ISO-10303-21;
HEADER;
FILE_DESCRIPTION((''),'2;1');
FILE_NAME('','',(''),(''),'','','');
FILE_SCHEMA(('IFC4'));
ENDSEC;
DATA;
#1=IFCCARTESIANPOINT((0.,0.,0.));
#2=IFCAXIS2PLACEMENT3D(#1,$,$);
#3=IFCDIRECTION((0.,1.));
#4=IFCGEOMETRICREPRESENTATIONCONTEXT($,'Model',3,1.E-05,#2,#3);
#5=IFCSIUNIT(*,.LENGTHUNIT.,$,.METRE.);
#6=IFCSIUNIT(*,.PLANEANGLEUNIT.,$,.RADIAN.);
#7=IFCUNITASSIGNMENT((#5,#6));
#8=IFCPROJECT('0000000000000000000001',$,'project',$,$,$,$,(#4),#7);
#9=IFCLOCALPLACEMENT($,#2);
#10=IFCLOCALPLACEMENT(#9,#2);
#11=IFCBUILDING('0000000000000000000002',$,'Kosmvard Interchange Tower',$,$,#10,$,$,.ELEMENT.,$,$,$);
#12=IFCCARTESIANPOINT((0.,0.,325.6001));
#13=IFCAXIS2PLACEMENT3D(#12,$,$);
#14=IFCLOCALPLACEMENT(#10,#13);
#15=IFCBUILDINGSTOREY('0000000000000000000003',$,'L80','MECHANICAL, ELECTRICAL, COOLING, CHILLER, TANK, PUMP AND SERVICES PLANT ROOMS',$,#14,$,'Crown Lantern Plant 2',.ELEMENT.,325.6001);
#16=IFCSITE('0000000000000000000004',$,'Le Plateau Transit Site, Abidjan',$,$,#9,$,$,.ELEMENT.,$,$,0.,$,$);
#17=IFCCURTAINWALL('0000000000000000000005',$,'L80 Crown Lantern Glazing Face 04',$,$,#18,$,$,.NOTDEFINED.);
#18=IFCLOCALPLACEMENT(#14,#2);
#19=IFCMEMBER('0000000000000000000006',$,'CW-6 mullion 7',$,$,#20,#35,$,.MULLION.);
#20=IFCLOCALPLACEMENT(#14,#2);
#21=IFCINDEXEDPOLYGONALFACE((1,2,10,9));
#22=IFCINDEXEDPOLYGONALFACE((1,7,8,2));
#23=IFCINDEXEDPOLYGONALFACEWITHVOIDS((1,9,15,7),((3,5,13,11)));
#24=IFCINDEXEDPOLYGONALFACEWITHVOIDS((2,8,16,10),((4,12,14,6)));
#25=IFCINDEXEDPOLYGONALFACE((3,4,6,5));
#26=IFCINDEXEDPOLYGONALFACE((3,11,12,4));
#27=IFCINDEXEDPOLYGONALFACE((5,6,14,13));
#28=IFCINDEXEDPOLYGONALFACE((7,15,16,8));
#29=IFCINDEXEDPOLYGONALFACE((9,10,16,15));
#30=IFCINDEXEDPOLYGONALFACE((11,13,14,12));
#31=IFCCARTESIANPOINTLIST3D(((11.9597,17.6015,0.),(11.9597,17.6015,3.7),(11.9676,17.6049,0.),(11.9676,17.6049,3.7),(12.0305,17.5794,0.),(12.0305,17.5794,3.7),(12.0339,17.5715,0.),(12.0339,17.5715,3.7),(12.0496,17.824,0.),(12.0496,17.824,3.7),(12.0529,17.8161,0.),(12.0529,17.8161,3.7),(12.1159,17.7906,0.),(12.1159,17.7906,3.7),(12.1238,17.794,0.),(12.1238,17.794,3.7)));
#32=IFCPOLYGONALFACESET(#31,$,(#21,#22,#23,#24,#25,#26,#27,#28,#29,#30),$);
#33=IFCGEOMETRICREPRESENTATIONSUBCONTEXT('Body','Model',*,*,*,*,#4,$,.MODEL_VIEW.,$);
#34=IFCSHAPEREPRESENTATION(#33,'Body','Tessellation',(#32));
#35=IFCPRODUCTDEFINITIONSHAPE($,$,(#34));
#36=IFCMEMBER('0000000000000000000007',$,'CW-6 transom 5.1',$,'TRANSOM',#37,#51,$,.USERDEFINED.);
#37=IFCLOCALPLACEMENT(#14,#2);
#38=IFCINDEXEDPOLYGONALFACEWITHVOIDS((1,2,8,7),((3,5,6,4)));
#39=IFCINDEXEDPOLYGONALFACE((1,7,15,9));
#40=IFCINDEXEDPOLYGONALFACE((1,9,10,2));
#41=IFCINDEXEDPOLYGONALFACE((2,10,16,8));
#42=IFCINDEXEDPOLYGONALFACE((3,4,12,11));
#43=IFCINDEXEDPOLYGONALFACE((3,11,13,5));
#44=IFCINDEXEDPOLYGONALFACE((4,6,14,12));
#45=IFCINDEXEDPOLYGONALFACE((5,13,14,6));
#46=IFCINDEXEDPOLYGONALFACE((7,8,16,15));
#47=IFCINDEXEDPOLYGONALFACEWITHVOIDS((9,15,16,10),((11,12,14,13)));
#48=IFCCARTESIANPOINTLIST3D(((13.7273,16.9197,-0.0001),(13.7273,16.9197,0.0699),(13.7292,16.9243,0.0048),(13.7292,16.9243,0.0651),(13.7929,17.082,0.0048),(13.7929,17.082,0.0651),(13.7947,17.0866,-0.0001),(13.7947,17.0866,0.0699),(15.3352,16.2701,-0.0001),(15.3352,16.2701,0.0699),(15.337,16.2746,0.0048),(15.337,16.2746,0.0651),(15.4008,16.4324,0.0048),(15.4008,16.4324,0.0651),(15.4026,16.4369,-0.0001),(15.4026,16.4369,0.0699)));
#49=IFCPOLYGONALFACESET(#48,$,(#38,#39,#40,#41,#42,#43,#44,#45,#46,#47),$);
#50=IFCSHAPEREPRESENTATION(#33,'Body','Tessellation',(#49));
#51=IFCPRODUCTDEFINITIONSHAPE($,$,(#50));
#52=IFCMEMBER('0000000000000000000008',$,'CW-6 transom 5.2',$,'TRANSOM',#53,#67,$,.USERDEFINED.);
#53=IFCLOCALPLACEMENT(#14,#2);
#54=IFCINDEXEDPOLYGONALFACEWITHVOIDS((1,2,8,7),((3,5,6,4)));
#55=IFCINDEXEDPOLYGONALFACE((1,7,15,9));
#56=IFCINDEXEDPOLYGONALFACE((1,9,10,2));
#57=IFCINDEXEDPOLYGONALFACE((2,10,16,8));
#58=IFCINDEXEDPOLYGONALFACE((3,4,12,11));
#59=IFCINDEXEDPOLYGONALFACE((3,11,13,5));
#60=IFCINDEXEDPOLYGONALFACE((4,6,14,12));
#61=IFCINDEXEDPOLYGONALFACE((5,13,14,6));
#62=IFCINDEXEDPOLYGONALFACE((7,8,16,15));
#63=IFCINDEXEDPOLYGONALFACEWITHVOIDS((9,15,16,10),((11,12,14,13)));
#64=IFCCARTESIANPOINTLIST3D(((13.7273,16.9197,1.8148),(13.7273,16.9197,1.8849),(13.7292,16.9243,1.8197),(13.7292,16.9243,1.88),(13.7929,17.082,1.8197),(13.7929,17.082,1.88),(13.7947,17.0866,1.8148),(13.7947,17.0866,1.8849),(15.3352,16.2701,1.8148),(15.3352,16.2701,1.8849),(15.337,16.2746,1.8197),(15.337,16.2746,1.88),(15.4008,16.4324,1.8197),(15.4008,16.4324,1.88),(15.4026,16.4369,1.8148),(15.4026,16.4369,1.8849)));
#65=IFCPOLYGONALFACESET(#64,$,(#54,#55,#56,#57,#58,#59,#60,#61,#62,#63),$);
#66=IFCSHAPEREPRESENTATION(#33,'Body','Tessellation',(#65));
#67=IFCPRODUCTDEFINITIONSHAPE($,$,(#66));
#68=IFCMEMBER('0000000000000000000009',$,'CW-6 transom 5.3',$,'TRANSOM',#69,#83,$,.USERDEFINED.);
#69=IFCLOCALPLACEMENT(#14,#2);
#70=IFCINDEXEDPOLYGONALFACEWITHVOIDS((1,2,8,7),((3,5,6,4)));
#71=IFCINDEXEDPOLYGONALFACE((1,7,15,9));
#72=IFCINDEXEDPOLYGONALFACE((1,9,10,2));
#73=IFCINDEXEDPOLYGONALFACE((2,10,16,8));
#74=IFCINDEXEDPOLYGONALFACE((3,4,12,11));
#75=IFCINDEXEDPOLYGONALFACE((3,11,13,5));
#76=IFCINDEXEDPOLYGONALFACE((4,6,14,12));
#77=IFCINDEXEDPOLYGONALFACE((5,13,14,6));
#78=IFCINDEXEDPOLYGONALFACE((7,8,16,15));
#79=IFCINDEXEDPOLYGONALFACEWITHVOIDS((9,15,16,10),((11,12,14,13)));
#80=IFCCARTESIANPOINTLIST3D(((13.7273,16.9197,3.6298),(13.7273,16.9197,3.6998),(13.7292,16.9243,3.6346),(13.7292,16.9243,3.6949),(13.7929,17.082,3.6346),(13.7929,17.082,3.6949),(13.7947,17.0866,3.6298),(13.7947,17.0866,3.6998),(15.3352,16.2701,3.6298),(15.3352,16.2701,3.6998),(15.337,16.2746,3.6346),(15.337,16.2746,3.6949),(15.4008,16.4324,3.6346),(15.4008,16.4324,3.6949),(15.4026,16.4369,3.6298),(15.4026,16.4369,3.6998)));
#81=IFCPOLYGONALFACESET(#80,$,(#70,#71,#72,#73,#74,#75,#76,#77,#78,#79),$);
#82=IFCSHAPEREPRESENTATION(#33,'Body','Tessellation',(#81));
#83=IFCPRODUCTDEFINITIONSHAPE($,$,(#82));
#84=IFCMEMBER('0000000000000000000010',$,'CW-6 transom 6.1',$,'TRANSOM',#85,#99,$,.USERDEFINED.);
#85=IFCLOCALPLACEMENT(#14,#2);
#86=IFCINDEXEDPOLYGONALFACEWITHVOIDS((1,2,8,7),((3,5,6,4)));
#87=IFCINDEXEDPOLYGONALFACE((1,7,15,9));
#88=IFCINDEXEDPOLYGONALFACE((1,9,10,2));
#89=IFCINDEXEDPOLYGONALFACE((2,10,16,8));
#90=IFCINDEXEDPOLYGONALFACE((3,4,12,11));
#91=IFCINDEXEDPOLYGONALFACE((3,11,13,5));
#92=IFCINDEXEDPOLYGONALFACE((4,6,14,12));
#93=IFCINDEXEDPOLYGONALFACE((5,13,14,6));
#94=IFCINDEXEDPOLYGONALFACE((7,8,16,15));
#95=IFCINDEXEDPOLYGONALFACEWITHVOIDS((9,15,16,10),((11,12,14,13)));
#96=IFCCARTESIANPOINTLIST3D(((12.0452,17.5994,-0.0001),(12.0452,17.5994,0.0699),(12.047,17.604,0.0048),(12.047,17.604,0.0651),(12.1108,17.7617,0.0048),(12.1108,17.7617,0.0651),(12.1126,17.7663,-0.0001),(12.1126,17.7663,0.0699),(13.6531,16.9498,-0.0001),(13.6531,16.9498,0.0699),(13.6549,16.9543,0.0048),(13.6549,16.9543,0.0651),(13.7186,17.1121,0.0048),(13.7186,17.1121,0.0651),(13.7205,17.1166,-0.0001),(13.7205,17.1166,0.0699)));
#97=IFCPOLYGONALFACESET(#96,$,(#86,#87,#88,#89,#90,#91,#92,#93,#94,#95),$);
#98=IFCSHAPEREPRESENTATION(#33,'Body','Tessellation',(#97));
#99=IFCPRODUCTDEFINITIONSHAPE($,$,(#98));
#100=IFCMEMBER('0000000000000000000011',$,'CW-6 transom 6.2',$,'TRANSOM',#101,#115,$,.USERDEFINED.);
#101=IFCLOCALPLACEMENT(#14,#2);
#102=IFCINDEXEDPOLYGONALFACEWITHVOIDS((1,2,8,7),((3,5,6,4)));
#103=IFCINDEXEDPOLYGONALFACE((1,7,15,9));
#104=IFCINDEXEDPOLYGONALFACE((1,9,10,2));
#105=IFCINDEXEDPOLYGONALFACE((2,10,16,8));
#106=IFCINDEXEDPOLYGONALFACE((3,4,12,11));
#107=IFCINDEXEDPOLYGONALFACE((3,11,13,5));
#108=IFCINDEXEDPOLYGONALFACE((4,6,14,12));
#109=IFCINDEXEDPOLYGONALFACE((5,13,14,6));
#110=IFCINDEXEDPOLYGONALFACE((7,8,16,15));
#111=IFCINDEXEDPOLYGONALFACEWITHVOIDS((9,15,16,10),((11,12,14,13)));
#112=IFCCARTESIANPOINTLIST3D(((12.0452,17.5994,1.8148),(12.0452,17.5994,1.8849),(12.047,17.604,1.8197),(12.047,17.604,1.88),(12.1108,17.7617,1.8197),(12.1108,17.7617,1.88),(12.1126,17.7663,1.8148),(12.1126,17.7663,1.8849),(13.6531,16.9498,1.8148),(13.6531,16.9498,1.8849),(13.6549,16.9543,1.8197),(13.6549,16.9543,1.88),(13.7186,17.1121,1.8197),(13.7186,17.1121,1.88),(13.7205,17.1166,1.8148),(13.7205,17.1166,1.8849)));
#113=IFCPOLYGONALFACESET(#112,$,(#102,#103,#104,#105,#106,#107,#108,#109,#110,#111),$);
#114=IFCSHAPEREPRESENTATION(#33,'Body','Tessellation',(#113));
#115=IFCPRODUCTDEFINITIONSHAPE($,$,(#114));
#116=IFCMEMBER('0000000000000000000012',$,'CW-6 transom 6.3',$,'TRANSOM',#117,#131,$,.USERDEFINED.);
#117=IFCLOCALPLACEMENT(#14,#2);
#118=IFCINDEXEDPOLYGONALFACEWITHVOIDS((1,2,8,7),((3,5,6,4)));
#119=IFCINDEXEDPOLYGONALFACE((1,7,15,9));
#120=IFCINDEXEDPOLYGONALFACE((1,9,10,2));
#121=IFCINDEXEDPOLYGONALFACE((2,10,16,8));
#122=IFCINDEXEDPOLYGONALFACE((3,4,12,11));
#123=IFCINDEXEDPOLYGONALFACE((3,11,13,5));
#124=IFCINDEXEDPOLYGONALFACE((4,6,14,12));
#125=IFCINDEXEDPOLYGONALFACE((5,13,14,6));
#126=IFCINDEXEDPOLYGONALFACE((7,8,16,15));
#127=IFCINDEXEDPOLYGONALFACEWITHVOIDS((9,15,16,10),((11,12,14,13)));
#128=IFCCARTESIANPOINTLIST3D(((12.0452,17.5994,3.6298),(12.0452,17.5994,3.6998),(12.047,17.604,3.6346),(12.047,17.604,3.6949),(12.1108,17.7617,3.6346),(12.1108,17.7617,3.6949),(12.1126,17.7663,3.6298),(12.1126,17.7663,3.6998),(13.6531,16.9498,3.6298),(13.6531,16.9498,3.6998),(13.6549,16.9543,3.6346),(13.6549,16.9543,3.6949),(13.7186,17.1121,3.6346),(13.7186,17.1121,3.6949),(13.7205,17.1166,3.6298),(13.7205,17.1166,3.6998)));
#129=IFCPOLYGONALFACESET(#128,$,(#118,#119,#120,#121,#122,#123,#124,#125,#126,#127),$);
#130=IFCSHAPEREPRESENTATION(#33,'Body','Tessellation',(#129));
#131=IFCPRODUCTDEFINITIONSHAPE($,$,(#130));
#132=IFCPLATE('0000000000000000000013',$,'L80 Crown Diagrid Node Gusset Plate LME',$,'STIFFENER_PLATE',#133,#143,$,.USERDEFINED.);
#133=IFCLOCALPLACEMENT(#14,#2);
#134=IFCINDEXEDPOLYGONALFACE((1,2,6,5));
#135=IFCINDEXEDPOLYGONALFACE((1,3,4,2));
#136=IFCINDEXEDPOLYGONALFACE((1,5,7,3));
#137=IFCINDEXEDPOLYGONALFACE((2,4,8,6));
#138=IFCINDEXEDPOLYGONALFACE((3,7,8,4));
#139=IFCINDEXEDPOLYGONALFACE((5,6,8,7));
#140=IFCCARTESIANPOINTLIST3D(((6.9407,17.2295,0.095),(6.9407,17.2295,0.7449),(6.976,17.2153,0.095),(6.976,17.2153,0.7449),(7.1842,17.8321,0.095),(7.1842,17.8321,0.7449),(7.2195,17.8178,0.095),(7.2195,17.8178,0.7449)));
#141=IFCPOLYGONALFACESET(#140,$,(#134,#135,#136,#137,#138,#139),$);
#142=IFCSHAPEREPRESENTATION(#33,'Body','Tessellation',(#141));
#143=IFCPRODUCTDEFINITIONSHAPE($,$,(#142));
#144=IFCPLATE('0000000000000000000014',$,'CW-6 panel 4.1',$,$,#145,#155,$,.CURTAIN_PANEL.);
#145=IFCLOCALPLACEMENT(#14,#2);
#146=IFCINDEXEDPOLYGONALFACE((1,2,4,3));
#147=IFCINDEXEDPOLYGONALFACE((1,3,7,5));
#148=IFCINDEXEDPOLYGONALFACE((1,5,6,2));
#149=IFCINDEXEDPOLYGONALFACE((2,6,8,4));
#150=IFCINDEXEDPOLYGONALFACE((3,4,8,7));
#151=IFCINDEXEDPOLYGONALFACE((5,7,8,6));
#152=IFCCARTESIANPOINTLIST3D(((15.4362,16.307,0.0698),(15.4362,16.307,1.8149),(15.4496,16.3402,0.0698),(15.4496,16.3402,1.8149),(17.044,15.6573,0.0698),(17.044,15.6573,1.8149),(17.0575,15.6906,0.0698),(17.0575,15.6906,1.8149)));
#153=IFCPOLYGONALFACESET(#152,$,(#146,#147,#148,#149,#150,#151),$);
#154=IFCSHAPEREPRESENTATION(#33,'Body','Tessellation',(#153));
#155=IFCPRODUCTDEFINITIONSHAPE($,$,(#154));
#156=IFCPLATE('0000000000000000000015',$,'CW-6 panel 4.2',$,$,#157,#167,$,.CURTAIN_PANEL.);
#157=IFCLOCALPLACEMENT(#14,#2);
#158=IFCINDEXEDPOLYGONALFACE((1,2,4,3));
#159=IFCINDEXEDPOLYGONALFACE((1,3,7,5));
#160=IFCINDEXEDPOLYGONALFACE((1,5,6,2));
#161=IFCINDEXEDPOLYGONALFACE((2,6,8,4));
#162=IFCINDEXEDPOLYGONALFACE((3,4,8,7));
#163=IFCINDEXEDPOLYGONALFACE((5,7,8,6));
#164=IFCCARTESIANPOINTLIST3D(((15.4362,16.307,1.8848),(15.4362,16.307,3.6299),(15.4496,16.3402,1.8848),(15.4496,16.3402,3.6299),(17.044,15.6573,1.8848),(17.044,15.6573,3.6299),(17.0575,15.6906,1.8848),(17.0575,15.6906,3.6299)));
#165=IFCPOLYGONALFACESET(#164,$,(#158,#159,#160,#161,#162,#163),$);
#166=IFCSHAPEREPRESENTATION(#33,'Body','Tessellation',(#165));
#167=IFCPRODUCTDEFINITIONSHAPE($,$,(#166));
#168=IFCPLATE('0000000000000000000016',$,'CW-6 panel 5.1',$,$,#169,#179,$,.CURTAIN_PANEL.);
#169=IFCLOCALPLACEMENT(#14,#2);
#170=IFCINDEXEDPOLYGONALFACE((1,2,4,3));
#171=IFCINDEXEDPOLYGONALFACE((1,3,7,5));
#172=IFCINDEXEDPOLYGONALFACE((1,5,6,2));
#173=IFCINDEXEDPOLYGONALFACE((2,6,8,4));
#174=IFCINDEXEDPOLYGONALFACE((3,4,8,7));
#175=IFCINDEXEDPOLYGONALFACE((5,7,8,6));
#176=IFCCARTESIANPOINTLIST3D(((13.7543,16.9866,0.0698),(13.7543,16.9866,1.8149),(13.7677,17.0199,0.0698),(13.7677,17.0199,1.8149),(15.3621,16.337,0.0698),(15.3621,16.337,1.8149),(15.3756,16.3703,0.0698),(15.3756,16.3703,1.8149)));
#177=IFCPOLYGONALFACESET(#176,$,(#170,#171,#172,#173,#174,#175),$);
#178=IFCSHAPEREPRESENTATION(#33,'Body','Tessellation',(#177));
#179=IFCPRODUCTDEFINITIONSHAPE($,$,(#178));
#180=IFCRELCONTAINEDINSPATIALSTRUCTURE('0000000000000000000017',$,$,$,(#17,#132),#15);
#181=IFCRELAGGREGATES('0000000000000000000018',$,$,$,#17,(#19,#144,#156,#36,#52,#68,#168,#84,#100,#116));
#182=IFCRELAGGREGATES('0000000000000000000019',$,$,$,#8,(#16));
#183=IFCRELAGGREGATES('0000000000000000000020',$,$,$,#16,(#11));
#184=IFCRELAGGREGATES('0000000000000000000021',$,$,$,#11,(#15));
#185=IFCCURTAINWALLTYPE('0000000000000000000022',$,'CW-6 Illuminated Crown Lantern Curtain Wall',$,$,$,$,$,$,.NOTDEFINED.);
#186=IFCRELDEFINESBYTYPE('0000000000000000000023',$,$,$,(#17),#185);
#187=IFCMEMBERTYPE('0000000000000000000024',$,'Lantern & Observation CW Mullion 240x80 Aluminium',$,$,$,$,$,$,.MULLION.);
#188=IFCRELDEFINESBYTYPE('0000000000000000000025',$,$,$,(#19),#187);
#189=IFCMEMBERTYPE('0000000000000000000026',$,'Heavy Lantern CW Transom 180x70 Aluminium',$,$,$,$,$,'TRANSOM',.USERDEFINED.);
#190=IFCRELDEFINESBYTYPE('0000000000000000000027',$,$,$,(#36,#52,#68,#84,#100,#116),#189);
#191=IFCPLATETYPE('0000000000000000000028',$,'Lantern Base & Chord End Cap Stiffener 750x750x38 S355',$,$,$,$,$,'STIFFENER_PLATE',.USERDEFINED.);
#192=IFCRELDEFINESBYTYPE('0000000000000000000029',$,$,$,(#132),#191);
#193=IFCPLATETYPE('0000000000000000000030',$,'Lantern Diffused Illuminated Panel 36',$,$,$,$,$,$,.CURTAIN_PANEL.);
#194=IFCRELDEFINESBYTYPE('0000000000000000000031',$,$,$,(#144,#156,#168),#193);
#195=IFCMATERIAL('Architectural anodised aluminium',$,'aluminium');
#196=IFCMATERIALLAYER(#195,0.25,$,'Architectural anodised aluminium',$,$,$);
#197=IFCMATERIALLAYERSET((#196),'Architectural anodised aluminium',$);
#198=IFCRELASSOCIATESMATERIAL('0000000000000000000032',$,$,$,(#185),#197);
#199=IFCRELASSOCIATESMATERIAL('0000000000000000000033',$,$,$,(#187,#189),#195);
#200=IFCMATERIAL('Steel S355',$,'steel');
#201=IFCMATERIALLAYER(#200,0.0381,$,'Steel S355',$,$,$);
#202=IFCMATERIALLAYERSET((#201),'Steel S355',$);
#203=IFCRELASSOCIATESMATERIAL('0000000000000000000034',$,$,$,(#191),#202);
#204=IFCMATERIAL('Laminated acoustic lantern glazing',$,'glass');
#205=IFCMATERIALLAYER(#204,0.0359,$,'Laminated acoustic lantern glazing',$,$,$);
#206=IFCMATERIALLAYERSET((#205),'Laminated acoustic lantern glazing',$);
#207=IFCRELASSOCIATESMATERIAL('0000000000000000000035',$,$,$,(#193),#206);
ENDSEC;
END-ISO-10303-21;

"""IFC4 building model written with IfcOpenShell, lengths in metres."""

from ifc_helpers import new_model, si_unit, direction, frame, origin, origin_2d, place, context, subcontext, project, spatial, rectangle, hollow_rectangle, extrude, source, transform, mapped, material, layer, layer_set, material_profile, profile_set, type_object, element, aggregate, save


model = new_model("IFC4")

# Units and contexts
model_context = context("Model", 3, precision=1e-05, world=origin(), true_north=direction((0.0, 1.0)))
body_context = subcontext(model_context, "Body", "Model", "MODEL_VIEW")
ifc_project = project(units=[si_unit("LENGTHUNIT", "METRE"), si_unit("PLANEANGLEUNIT", "RADIAN")], contexts=[model_context])

# Site, building, storey
site_placement = place(None, origin())
site = spatial("IfcSite", under=ifc_project, at=site_placement, Name="Le Plateau Transit Site, Abidjan", CompositionType="ELEMENT", RefElevation=0.0)
building_placement = place(site_placement, origin())
building = spatial("IfcBuilding", under=site, at=building_placement, Name="Kosmvard Interchange Tower", CompositionType="ELEMENT")
storey_placement = place(building_placement, frame((0.0, 0.0, 325.6001)))
storey = spatial("IfcBuildingStorey", under=building, at=storey_placement, Name="L80", Description="MECHANICAL, ELECTRICAL, COOLING, CHILLER, TANK, PUMP AND SERVICES PLANT ROOMS", LongName="Crown Lantern Plant 2", CompositionType="ELEMENT", Elevation=325.6001)

# Shared definitions
ifc_material_1 = material(Name="Steel S355", Category="steel")

# Curtain wall, members
ifc_material_2 = material(Name="Architectural anodised aluminium", Category="aluminium")
ifc_layer_1 = layer(ifc_material_2, 0.25, Name="Architectural anodised aluminium")
ifc_layer_set_1 = layer_set([ifc_layer_1], Name="Architectural anodised aluminium")
curtain_wall_type = type_object("IfcCurtainWallType", Name="CW-6 Illuminated Crown Lantern Curtain Wall", PredefinedType="NOTDEFINED", material=ifc_layer_set_1)
curtain_wall_placement = place(storey_placement, origin())
curtain_wall = element("IfcCurtainWall", 1, at=curtain_wall_placement, inside=storey, type_object=curtain_wall_type, Name="L80 Crown Lantern Glazing Face 04", PredefinedType="NOTDEFINED")
ifc_material_profile_1 = material_profile(ifc_material_2, hollow_rectangle(XDim=0.24, YDim=0.0801, WallThickness=0.0061, at=origin_2d()), Name="CWM 240x80x6")
ifc_profile_set_1 = profile_set([ifc_material_profile_1], Name="Architectural anodised aluminium")
member_type_1 = type_object("IfcMemberType", Name="Lantern & Observation CW Mullion 240x80 Aluminium", PredefinedType="MULLION", material=ifc_profile_set_1)
shared_shape_1 = source(origin(), body_context, "Body", "SweptSolid", [
    extrude(hollow_rectangle(XDim=0.24, YDim=0.0801, WallThickness=0.0061, at=origin_2d()), origin(), (0.0, 0.0, 1.0), 3.7),
])
member_1_placement = place(storey_placement, frame((12.0417, 17.6978, 0.0), z_axis=(0.0, 0.0, 1.0), x_axis=(-0.374607, -0.927184, 0.0)))
member_1 = element("IfcMember", 2, at=member_1_placement, type_object=member_type_1, Name="CW-6 mullion 7", PredefinedType="MULLION", context=body_context, shape_type="MappedRepresentation", body=[
    mapped(shared_shape_1, transform((0.0, 0.0, 0.0), scale=1.0)),
])
ifc_material_profile_2 = material_profile(ifc_material_2, hollow_rectangle(XDim=0.1799, YDim=0.0701, WallThickness=0.0049, at=origin_2d()), Name="CWT 180x70x5")
ifc_profile_set_2 = profile_set([ifc_material_profile_2], Name="Architectural anodised aluminium")
member_type_2 = type_object("IfcMemberType", Name="Heavy Lantern CW Transom 180x70 Aluminium", ElementType="TRANSOM", PredefinedType="USERDEFINED", material=ifc_profile_set_2)
shared_shape_2 = source(origin(), body_context, "Body", "SweptSolid", [
    extrude(hollow_rectangle(XDim=0.1799, YDim=0.0701, WallThickness=0.0049, at=origin_2d()), origin(), (0.0, 0.0, 1.0), 1.7341),
])
member_2_placement = place(storey_placement, frame((15.3689, 16.3535, 0.0349), z_axis=(-0.92718, 0.374617, 0.0), x_axis=(-0.374617, -0.92718, 0.0)))
member_2 = element("IfcMember", 3, at=member_2_placement, type_object=member_type_2, Name="CW-6 transom 5.1", ObjectType="TRANSOM", PredefinedType="USERDEFINED", context=body_context, shape_type="MappedRepresentation", body=[
    mapped(shared_shape_2, transform((0.0, 0.0, 0.0), scale=1.0)),
])
member_3_placement = place(storey_placement, frame((15.3689, 16.3535, 1.8499), z_axis=(-0.92718, 0.374617, 0.0), x_axis=(-0.374617, -0.92718, 0.0)))
member_3 = element("IfcMember", 4, at=member_3_placement, type_object=member_type_2, Name="CW-6 transom 5.2", ObjectType="TRANSOM", PredefinedType="USERDEFINED", context=body_context, shape_type="MappedRepresentation", body=[
    mapped(shared_shape_2, transform((0.0, 0.0, 0.0), scale=1.0)),
])
member_4_placement = place(storey_placement, frame((15.3689, 16.3535, 3.6648), z_axis=(-0.92718, 0.374617, 0.0), x_axis=(-0.374617, -0.92718, 0.0)))
member_4 = element("IfcMember", 5, at=member_4_placement, type_object=member_type_2, Name="CW-6 transom 5.3", ObjectType="TRANSOM", PredefinedType="USERDEFINED", context=body_context, shape_type="MappedRepresentation", body=[
    mapped(shared_shape_2, transform((0.0, 0.0, 0.0), scale=1.0)),
])
member_5_placement = place(storey_placement, frame((13.6868, 17.0332, 0.0349), z_axis=(-0.92718, 0.374617, 0.0), x_axis=(-0.374617, -0.92718, 0.0)))
member_5 = element("IfcMember", 6, at=member_5_placement, type_object=member_type_2, Name="CW-6 transom 6.1", ObjectType="TRANSOM", PredefinedType="USERDEFINED", context=body_context, shape_type="MappedRepresentation", body=[
    mapped(shared_shape_2, transform((0.0, 0.0, 0.0), scale=1.0)),
])
member_6_placement = place(storey_placement, frame((13.6868, 17.0332, 1.8499), z_axis=(-0.92718, 0.374617, 0.0), x_axis=(-0.374617, -0.92718, 0.0)))
member_6 = element("IfcMember", 7, at=member_6_placement, type_object=member_type_2, Name="CW-6 transom 6.2", ObjectType="TRANSOM", PredefinedType="USERDEFINED", context=body_context, shape_type="MappedRepresentation", body=[
    mapped(shared_shape_2, transform((0.0, 0.0, 0.0), scale=1.0)),
])
member_7_placement = place(storey_placement, frame((13.6868, 17.0332, 3.6648), z_axis=(-0.92718, 0.374617, 0.0), x_axis=(-0.374617, -0.92718, 0.0)))
member_7 = element("IfcMember", 8, at=member_7_placement, type_object=member_type_2, Name="CW-6 transom 6.3", ObjectType="TRANSOM", PredefinedType="USERDEFINED", context=body_context, shape_type="MappedRepresentation", body=[
    mapped(shared_shape_2, transform((0.0, 0.0, 0.0), scale=1.0)),
])

# Plates
ifc_layer_2 = layer(ifc_material_1, 0.0381, Name="Steel S355")
ifc_layer_set_2 = layer_set([ifc_layer_2], Name="Steel S355")
plate_type_1 = type_object("IfcPlateType", Name="Lantern Base & Chord End Cap Stiffener 750x750x38 S355", ElementType="STIFFENER_PLATE", PredefinedType="USERDEFINED", material=ifc_layer_set_2)
shared_shape_3 = source(origin(), body_context, "Body", "SweptSolid", [
    extrude(rectangle(XDim=0.6499, YDim=0.0381, at=origin_2d()), origin(), (0.0, 0.0, 1.0), 0.6499),
])
plate_1_placement = place(storey_placement, frame((7.0801, 17.5237, 0.095), z_axis=(0.0, 0.0, 1.0), x_axis=(0.374607, 0.927184, 0.0)))
element("IfcPlate", 9, at=plate_1_placement, inside=storey, type_object=plate_type_1, Name="L80 Crown Diagrid Node Gusset Plate LME", ObjectType="STIFFENER_PLATE", PredefinedType="USERDEFINED", context=body_context, shape_type="MappedRepresentation", body=[
    mapped(shared_shape_3, transform((0.0, 0.0, 0.0), scale=1.0)),
])
ifc_material_3 = material(Name="Laminated acoustic lantern glazing", Category="glass")
ifc_layer_3 = layer(ifc_material_3, 0.0359, Name="Laminated acoustic lantern glazing")
ifc_layer_set_3 = layer_set([ifc_layer_3], Name="Laminated acoustic lantern glazing")
plate_type_2 = type_object("IfcPlateType", Name="Lantern Diffused Illuminated Panel 36", PredefinedType="CURTAIN_PANEL", material=ifc_layer_set_3)
shared_shape_4 = source(origin(), body_context, "Body", "SweptSolid", [
    extrude(rectangle(XDim=1.7341, YDim=0.0359, at=origin_2d()), origin(), (0.0, 0.0, 1.0), 1.7451),
])
plate_2_placement = place(storey_placement, frame((16.2468, 15.9988, 0.0698), z_axis=(0.0, 0.0, 1.0), x_axis=(-0.927184, 0.374607, 0.0)))
plate_2 = element("IfcPlate", 10, at=plate_2_placement, type_object=plate_type_2, Name="CW-6 panel 4.1", PredefinedType="CURTAIN_PANEL", context=body_context, shape_type="MappedRepresentation", body=[
    mapped(shared_shape_4, transform((0.0, 0.0, 0.0), scale=1.0)),
])
plate_3_placement = place(storey_placement, frame((16.2468, 15.9988, 1.8848), z_axis=(0.0, 0.0, 1.0), x_axis=(-0.927184, 0.374607, 0.0)))
plate_3 = element("IfcPlate", 11, at=plate_3_placement, type_object=plate_type_2, Name="CW-6 panel 4.2", PredefinedType="CURTAIN_PANEL", context=body_context, shape_type="MappedRepresentation", body=[
    mapped(shared_shape_4, transform((0.0, 0.0, 0.0), scale=1.0)),
])
plate_4_placement = place(storey_placement, frame((14.5649, 16.6785, 0.0698), z_axis=(0.0, 0.0, 1.0), x_axis=(-0.927184, 0.374607, 0.0)))
plate_4 = element("IfcPlate", 12, at=plate_4_placement, type_object=plate_type_2, Name="CW-6 panel 5.1", PredefinedType="CURTAIN_PANEL", context=body_context, shape_type="MappedRepresentation", body=[
    mapped(shared_shape_4, transform((0.0, 0.0, 0.0), scale=1.0)),
])
aggregate(curtain_wall, [member_1, plate_2, plate_3, member_2, member_3, member_4, plate_4, member_5, member_6, member_7])

save(model, "model.ifc")
